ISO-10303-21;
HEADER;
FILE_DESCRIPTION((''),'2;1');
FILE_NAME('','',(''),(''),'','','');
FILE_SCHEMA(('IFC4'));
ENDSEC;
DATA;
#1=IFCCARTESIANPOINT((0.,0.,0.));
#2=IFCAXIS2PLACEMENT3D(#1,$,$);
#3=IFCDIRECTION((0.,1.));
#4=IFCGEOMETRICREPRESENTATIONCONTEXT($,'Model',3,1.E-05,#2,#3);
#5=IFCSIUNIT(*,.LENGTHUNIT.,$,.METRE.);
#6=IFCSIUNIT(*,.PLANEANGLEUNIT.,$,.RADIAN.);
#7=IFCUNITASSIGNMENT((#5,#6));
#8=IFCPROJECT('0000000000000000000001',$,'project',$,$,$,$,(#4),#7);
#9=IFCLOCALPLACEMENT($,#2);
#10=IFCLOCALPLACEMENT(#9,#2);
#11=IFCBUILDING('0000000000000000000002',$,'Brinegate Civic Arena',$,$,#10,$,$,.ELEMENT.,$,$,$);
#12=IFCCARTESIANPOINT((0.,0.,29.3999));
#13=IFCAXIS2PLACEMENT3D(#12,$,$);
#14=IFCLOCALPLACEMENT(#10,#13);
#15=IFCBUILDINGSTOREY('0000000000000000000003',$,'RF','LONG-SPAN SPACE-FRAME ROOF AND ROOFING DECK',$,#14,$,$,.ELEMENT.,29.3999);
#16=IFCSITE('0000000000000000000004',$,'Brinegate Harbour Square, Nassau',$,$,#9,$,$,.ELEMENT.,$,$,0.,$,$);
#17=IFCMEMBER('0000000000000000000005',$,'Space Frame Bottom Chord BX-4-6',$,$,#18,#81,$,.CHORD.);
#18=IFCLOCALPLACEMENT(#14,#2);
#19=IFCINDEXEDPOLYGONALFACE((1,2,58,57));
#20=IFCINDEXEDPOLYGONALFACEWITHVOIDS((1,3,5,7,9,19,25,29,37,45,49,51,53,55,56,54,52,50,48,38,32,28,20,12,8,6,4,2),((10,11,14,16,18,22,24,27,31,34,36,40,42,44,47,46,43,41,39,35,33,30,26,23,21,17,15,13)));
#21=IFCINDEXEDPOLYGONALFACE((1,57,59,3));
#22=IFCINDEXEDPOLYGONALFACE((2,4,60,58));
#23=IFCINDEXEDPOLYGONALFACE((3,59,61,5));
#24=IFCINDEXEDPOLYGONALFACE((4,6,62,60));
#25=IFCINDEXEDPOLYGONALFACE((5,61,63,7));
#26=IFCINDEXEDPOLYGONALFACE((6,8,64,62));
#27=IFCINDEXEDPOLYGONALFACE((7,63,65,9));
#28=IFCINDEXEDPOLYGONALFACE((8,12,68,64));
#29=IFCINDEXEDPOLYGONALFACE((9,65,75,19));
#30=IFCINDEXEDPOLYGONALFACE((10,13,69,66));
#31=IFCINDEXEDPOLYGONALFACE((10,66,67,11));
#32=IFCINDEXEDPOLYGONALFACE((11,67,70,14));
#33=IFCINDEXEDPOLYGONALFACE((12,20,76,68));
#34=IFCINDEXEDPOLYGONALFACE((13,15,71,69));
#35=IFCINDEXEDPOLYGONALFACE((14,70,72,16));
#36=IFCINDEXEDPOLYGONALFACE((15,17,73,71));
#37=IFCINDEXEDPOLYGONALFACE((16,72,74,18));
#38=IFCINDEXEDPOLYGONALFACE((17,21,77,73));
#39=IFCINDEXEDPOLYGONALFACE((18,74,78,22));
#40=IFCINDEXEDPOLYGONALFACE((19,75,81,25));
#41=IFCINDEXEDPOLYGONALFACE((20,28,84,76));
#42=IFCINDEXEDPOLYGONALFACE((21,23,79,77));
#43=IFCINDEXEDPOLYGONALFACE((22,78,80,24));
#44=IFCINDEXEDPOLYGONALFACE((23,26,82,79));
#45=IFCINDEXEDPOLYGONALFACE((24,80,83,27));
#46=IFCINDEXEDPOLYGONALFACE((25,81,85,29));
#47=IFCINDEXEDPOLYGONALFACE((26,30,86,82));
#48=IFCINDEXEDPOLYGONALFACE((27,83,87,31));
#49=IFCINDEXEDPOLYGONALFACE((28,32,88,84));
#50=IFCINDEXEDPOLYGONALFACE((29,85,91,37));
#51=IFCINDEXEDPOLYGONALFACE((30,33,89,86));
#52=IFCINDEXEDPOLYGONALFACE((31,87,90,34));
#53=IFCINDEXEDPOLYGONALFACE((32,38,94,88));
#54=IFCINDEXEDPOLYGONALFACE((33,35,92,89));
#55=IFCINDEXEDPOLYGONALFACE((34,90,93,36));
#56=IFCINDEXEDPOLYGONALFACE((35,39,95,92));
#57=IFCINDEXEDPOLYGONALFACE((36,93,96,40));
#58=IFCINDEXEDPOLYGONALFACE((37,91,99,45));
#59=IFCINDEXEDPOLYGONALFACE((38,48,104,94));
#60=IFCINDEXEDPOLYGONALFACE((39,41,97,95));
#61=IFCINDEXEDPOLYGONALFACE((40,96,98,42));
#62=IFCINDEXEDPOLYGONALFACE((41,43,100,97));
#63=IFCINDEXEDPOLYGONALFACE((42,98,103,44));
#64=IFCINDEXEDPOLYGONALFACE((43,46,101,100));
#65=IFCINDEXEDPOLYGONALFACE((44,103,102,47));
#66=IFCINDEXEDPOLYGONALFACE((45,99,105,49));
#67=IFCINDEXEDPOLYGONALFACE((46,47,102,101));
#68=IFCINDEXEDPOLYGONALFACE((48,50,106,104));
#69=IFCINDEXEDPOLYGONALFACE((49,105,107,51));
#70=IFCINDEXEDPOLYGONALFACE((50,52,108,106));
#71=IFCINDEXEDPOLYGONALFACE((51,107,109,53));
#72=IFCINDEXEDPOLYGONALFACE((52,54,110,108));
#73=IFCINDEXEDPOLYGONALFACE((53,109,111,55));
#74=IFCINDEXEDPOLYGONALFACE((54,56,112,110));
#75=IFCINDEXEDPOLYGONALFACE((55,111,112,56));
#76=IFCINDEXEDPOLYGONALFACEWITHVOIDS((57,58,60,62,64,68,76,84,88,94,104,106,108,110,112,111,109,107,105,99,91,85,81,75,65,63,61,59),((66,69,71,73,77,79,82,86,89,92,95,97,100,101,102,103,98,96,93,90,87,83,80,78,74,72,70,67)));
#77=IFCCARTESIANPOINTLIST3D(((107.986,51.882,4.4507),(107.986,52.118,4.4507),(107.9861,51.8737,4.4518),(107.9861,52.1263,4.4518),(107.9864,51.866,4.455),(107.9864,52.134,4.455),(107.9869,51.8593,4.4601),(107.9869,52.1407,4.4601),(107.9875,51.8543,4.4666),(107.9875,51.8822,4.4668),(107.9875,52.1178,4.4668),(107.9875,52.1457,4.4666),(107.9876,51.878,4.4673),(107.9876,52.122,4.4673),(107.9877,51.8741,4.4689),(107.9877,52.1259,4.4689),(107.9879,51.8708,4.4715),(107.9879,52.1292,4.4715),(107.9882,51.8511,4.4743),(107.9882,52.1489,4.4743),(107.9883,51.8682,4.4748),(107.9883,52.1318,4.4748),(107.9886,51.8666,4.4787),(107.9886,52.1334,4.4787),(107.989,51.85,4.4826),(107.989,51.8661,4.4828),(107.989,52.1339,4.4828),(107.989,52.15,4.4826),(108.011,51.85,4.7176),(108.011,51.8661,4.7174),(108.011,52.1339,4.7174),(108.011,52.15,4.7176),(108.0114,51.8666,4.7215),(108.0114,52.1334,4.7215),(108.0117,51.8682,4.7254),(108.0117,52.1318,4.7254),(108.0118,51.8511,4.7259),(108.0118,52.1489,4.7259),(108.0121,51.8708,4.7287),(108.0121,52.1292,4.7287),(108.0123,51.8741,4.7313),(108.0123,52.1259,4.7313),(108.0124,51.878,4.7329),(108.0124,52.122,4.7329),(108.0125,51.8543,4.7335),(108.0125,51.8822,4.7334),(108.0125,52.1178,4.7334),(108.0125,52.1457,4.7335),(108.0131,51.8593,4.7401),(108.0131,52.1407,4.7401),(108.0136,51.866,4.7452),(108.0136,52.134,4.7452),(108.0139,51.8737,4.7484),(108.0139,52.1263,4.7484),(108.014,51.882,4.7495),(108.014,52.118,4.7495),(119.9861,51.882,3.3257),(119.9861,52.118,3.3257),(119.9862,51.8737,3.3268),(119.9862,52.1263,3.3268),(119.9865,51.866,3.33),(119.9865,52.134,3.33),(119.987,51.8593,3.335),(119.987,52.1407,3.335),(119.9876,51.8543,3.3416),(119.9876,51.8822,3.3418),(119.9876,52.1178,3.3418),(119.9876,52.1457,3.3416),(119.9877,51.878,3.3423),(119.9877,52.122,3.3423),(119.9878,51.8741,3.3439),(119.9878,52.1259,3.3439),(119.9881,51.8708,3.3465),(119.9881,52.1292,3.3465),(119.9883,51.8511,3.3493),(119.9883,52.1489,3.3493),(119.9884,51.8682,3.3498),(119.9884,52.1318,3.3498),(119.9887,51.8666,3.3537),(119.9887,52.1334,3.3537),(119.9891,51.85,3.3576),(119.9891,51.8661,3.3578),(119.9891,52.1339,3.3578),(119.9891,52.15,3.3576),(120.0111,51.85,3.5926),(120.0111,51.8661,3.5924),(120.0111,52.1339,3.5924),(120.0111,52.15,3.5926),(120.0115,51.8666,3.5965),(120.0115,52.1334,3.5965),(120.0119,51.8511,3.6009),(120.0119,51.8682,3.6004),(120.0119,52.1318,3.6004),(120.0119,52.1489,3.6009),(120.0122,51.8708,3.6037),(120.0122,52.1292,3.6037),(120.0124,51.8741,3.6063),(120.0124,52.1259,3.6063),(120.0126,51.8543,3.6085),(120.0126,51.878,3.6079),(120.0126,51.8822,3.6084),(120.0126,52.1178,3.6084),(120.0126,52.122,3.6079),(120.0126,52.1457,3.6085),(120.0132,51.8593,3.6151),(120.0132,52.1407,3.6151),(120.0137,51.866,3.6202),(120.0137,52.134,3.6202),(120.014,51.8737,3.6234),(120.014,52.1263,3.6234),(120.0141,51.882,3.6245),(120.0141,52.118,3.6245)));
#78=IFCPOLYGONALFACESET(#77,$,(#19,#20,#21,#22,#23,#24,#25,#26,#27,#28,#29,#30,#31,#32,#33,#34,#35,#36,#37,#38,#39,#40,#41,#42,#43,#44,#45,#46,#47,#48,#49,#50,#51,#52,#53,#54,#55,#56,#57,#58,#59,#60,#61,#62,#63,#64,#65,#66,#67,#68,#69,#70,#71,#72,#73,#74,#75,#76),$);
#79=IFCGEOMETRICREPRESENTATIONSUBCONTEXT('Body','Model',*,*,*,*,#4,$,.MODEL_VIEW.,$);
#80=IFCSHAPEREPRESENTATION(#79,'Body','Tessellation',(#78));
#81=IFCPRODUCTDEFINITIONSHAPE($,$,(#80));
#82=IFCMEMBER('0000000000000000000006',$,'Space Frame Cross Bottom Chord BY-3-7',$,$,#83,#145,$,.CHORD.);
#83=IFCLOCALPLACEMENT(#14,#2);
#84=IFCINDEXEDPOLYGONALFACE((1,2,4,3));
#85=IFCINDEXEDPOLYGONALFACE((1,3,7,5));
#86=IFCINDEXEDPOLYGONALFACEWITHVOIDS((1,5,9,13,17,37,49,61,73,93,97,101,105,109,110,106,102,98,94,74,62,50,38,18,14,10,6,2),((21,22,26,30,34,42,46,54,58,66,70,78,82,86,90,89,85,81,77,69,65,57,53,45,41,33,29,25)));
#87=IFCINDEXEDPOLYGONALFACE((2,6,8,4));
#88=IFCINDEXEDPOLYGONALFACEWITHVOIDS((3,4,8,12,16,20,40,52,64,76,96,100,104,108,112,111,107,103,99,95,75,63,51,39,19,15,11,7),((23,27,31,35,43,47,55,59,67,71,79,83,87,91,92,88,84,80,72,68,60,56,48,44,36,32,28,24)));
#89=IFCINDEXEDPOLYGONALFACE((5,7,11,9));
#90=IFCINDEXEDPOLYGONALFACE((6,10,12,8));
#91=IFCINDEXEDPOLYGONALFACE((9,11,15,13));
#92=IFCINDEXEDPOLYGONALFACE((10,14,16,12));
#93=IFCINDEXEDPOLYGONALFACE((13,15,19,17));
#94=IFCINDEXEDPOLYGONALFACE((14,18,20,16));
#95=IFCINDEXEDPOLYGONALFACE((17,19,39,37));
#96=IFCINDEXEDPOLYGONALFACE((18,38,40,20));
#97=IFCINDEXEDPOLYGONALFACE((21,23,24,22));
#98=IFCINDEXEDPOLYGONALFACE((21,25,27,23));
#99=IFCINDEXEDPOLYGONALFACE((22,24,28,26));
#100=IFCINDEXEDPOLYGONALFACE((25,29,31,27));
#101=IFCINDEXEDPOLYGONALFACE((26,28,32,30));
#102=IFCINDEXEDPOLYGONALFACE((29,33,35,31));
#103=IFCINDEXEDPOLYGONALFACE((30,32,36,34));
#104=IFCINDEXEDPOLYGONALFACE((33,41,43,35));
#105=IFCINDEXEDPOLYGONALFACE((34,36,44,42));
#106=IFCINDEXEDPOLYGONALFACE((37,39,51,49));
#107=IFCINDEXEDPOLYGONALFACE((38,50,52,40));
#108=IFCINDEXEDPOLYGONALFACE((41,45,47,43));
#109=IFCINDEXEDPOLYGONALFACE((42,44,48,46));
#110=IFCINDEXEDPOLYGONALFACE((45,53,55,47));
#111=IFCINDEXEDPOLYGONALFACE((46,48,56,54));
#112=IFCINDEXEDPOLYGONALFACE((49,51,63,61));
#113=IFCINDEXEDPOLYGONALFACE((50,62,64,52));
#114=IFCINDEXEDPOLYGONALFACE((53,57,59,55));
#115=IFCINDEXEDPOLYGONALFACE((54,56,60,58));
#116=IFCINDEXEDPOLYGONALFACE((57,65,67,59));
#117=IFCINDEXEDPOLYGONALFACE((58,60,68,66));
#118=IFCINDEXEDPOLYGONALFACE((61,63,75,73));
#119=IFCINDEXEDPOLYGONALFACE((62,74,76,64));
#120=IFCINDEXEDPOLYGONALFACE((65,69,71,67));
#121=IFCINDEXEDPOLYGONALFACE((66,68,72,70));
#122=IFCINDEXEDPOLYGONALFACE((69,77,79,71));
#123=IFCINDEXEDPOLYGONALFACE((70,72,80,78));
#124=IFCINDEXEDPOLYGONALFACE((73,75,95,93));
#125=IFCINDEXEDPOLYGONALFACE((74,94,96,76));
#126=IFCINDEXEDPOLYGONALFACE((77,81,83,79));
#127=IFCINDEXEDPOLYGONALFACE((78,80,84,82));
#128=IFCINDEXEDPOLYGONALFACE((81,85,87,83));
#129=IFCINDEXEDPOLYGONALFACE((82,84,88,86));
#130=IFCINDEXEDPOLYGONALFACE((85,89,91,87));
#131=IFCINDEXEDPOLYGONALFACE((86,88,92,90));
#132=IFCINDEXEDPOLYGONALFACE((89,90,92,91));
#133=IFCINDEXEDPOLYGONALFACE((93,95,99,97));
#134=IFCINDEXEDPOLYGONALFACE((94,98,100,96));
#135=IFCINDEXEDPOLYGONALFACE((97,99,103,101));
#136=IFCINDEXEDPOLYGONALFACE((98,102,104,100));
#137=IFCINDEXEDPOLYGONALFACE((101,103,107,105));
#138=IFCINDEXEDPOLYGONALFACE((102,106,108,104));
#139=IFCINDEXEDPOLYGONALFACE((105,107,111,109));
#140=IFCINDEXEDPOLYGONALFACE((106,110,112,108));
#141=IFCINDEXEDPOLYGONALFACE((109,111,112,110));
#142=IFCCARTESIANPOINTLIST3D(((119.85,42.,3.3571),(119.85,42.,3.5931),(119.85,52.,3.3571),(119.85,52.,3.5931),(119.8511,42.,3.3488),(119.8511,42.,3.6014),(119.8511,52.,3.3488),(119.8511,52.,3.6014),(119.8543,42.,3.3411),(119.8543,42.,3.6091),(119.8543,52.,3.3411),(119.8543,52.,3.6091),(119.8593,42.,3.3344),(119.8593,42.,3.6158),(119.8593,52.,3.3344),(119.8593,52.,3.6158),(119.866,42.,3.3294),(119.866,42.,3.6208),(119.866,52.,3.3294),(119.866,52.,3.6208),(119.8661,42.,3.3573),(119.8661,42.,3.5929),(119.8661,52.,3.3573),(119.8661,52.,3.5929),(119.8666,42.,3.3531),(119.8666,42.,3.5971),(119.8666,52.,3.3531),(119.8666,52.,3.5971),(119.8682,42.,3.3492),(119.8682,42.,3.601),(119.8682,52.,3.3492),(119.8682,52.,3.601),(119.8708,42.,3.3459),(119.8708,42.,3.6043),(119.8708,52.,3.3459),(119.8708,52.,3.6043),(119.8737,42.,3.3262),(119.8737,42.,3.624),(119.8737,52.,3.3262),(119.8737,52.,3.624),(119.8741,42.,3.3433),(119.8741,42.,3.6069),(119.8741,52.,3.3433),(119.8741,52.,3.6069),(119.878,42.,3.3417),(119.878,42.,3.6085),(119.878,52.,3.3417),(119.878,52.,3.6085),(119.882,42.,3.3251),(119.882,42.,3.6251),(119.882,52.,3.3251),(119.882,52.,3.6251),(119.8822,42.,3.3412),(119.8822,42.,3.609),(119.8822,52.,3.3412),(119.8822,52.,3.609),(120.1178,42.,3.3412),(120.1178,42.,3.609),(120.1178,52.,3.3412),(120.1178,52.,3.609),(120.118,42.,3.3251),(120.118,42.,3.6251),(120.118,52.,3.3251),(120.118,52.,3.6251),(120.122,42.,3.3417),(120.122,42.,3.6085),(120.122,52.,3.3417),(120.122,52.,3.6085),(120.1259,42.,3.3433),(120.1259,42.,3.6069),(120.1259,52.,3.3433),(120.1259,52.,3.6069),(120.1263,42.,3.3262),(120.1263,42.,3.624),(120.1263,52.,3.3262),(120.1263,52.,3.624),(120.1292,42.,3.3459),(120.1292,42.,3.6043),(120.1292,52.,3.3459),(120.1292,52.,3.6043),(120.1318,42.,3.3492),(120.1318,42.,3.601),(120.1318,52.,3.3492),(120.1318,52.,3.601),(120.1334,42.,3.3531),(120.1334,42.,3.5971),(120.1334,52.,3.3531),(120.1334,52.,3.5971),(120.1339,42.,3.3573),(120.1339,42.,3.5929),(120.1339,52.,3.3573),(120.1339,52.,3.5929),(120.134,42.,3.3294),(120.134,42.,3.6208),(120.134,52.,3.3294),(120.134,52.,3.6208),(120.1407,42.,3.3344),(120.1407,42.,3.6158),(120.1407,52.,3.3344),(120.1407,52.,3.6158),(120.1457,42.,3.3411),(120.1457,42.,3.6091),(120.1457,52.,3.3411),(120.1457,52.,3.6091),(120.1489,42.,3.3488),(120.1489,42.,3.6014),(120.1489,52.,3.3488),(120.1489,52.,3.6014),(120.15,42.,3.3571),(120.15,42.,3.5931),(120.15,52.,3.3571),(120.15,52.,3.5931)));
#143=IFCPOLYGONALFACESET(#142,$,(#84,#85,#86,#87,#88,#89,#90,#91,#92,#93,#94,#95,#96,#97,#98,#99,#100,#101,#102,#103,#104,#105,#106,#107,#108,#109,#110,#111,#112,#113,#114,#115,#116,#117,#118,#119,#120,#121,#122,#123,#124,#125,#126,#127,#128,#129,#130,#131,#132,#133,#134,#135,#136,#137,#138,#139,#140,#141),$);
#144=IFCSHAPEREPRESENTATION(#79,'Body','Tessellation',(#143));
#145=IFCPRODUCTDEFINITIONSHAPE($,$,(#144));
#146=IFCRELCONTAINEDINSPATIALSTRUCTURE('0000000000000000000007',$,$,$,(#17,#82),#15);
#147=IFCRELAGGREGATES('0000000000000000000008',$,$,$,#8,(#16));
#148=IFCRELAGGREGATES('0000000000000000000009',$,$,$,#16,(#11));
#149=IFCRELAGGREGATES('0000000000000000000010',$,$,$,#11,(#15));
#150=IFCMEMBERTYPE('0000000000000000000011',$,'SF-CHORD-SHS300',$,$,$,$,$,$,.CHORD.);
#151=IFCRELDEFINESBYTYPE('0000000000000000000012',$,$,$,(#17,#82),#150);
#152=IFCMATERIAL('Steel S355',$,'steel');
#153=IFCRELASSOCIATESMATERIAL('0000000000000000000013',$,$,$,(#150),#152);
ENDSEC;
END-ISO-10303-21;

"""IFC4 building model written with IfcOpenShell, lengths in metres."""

from ifc_helpers import new_model, si_unit, direction, frame, origin, origin_2d, place, context, subcontext, project, spatial, hollow_rectangle, extrude, material, material_profile, profile_set, type_object, element, save


model = new_model("IFC4")

# Units and contexts
model_context = context("Model", 3, precision=1e-05, world=origin(), true_north=direction((0.0, 1.0)))
body_context = subcontext(model_context, "Body", "Model", "MODEL_VIEW")
ifc_project = project(units=[si_unit("LENGTHUNIT", "METRE"), si_unit("PLANEANGLEUNIT", "RADIAN")], contexts=[model_context])

# Site, building, storey
site_placement = place(None, origin())
site = spatial("IfcSite", under=ifc_project, at=site_placement, Name="Brinegate Harbour Square, Nassau", CompositionType="ELEMENT", RefElevation=0.0)
building_placement = place(site_placement, origin())
building = spatial("IfcBuilding", under=site, at=building_placement, Name="Brinegate Civic Arena", CompositionType="ELEMENT")
storey_placement = place(building_placement, frame((0.0, 0.0, 29.3999)))
storey = spatial("IfcBuildingStorey", under=building, at=storey_placement, Name="RF", Description="LONG-SPAN SPACE-FRAME ROOF AND ROOFING DECK", CompositionType="ELEMENT", Elevation=29.3999)

# Members
ifc_material = material(Name="Steel S355", Category="steel")
ifc_material_profile_1 = material_profile(ifc_material, hollow_rectangle(XDim=0.3, YDim=0.3, WallThickness=0.0161, InnerFilletRadius=0.0161, OuterFilletRadius=0.032, at=origin_2d()), Name="SHS300X16")
ifc_profile_set_1 = profile_set([ifc_material_profile_1], Name="Steel S355")
member_type_1 = type_object("IfcMemberType", Name="SF-CHORD-SHS300", PredefinedType="CHORD", material=ifc_profile_set_1)
member_1_placement = place(storey_placement, frame((108.0, 52.0, 4.6001), z_axis=(0.995634, 0.0, -0.093341), x_axis=(0.0, 1.0, 0.0)))
element("IfcMember", 1, at=member_1_placement, inside=storey, type_object=member_type_1, Name="Space Frame Bottom Chord BX-4-6", PredefinedType="CHORD", context=body_context, shape_type="SweptSolid", body=[
    extrude(hollow_rectangle(XDim=0.3, YDim=0.3, WallThickness=0.0161, InnerFilletRadius=0.0161, OuterFilletRadius=0.032, at=origin_2d()), origin(), (0.0, 0.0, 1.0), 12.0527),
])
member_2_placement = place(storey_placement, frame((120.0, 42.0, 3.4751), z_axis=(0.0, 1.0, 0.0), x_axis=(-1.0, 0.0, 0.0)))
element("IfcMember", 2, at=member_2_placement, inside=storey, type_object=member_type_1, Name="Space Frame Cross Bottom Chord BY-3-7", PredefinedType="CHORD", context=body_context, shape_type="SweptSolid", body=[
    extrude(hollow_rectangle(XDim=0.3, YDim=0.3, WallThickness=0.0161, InnerFilletRadius=0.0161, OuterFilletRadius=0.032, at=origin_2d()), origin(), (0.0, 0.0, 1.0), 10.0),
])

save(model, "model.ifc")
